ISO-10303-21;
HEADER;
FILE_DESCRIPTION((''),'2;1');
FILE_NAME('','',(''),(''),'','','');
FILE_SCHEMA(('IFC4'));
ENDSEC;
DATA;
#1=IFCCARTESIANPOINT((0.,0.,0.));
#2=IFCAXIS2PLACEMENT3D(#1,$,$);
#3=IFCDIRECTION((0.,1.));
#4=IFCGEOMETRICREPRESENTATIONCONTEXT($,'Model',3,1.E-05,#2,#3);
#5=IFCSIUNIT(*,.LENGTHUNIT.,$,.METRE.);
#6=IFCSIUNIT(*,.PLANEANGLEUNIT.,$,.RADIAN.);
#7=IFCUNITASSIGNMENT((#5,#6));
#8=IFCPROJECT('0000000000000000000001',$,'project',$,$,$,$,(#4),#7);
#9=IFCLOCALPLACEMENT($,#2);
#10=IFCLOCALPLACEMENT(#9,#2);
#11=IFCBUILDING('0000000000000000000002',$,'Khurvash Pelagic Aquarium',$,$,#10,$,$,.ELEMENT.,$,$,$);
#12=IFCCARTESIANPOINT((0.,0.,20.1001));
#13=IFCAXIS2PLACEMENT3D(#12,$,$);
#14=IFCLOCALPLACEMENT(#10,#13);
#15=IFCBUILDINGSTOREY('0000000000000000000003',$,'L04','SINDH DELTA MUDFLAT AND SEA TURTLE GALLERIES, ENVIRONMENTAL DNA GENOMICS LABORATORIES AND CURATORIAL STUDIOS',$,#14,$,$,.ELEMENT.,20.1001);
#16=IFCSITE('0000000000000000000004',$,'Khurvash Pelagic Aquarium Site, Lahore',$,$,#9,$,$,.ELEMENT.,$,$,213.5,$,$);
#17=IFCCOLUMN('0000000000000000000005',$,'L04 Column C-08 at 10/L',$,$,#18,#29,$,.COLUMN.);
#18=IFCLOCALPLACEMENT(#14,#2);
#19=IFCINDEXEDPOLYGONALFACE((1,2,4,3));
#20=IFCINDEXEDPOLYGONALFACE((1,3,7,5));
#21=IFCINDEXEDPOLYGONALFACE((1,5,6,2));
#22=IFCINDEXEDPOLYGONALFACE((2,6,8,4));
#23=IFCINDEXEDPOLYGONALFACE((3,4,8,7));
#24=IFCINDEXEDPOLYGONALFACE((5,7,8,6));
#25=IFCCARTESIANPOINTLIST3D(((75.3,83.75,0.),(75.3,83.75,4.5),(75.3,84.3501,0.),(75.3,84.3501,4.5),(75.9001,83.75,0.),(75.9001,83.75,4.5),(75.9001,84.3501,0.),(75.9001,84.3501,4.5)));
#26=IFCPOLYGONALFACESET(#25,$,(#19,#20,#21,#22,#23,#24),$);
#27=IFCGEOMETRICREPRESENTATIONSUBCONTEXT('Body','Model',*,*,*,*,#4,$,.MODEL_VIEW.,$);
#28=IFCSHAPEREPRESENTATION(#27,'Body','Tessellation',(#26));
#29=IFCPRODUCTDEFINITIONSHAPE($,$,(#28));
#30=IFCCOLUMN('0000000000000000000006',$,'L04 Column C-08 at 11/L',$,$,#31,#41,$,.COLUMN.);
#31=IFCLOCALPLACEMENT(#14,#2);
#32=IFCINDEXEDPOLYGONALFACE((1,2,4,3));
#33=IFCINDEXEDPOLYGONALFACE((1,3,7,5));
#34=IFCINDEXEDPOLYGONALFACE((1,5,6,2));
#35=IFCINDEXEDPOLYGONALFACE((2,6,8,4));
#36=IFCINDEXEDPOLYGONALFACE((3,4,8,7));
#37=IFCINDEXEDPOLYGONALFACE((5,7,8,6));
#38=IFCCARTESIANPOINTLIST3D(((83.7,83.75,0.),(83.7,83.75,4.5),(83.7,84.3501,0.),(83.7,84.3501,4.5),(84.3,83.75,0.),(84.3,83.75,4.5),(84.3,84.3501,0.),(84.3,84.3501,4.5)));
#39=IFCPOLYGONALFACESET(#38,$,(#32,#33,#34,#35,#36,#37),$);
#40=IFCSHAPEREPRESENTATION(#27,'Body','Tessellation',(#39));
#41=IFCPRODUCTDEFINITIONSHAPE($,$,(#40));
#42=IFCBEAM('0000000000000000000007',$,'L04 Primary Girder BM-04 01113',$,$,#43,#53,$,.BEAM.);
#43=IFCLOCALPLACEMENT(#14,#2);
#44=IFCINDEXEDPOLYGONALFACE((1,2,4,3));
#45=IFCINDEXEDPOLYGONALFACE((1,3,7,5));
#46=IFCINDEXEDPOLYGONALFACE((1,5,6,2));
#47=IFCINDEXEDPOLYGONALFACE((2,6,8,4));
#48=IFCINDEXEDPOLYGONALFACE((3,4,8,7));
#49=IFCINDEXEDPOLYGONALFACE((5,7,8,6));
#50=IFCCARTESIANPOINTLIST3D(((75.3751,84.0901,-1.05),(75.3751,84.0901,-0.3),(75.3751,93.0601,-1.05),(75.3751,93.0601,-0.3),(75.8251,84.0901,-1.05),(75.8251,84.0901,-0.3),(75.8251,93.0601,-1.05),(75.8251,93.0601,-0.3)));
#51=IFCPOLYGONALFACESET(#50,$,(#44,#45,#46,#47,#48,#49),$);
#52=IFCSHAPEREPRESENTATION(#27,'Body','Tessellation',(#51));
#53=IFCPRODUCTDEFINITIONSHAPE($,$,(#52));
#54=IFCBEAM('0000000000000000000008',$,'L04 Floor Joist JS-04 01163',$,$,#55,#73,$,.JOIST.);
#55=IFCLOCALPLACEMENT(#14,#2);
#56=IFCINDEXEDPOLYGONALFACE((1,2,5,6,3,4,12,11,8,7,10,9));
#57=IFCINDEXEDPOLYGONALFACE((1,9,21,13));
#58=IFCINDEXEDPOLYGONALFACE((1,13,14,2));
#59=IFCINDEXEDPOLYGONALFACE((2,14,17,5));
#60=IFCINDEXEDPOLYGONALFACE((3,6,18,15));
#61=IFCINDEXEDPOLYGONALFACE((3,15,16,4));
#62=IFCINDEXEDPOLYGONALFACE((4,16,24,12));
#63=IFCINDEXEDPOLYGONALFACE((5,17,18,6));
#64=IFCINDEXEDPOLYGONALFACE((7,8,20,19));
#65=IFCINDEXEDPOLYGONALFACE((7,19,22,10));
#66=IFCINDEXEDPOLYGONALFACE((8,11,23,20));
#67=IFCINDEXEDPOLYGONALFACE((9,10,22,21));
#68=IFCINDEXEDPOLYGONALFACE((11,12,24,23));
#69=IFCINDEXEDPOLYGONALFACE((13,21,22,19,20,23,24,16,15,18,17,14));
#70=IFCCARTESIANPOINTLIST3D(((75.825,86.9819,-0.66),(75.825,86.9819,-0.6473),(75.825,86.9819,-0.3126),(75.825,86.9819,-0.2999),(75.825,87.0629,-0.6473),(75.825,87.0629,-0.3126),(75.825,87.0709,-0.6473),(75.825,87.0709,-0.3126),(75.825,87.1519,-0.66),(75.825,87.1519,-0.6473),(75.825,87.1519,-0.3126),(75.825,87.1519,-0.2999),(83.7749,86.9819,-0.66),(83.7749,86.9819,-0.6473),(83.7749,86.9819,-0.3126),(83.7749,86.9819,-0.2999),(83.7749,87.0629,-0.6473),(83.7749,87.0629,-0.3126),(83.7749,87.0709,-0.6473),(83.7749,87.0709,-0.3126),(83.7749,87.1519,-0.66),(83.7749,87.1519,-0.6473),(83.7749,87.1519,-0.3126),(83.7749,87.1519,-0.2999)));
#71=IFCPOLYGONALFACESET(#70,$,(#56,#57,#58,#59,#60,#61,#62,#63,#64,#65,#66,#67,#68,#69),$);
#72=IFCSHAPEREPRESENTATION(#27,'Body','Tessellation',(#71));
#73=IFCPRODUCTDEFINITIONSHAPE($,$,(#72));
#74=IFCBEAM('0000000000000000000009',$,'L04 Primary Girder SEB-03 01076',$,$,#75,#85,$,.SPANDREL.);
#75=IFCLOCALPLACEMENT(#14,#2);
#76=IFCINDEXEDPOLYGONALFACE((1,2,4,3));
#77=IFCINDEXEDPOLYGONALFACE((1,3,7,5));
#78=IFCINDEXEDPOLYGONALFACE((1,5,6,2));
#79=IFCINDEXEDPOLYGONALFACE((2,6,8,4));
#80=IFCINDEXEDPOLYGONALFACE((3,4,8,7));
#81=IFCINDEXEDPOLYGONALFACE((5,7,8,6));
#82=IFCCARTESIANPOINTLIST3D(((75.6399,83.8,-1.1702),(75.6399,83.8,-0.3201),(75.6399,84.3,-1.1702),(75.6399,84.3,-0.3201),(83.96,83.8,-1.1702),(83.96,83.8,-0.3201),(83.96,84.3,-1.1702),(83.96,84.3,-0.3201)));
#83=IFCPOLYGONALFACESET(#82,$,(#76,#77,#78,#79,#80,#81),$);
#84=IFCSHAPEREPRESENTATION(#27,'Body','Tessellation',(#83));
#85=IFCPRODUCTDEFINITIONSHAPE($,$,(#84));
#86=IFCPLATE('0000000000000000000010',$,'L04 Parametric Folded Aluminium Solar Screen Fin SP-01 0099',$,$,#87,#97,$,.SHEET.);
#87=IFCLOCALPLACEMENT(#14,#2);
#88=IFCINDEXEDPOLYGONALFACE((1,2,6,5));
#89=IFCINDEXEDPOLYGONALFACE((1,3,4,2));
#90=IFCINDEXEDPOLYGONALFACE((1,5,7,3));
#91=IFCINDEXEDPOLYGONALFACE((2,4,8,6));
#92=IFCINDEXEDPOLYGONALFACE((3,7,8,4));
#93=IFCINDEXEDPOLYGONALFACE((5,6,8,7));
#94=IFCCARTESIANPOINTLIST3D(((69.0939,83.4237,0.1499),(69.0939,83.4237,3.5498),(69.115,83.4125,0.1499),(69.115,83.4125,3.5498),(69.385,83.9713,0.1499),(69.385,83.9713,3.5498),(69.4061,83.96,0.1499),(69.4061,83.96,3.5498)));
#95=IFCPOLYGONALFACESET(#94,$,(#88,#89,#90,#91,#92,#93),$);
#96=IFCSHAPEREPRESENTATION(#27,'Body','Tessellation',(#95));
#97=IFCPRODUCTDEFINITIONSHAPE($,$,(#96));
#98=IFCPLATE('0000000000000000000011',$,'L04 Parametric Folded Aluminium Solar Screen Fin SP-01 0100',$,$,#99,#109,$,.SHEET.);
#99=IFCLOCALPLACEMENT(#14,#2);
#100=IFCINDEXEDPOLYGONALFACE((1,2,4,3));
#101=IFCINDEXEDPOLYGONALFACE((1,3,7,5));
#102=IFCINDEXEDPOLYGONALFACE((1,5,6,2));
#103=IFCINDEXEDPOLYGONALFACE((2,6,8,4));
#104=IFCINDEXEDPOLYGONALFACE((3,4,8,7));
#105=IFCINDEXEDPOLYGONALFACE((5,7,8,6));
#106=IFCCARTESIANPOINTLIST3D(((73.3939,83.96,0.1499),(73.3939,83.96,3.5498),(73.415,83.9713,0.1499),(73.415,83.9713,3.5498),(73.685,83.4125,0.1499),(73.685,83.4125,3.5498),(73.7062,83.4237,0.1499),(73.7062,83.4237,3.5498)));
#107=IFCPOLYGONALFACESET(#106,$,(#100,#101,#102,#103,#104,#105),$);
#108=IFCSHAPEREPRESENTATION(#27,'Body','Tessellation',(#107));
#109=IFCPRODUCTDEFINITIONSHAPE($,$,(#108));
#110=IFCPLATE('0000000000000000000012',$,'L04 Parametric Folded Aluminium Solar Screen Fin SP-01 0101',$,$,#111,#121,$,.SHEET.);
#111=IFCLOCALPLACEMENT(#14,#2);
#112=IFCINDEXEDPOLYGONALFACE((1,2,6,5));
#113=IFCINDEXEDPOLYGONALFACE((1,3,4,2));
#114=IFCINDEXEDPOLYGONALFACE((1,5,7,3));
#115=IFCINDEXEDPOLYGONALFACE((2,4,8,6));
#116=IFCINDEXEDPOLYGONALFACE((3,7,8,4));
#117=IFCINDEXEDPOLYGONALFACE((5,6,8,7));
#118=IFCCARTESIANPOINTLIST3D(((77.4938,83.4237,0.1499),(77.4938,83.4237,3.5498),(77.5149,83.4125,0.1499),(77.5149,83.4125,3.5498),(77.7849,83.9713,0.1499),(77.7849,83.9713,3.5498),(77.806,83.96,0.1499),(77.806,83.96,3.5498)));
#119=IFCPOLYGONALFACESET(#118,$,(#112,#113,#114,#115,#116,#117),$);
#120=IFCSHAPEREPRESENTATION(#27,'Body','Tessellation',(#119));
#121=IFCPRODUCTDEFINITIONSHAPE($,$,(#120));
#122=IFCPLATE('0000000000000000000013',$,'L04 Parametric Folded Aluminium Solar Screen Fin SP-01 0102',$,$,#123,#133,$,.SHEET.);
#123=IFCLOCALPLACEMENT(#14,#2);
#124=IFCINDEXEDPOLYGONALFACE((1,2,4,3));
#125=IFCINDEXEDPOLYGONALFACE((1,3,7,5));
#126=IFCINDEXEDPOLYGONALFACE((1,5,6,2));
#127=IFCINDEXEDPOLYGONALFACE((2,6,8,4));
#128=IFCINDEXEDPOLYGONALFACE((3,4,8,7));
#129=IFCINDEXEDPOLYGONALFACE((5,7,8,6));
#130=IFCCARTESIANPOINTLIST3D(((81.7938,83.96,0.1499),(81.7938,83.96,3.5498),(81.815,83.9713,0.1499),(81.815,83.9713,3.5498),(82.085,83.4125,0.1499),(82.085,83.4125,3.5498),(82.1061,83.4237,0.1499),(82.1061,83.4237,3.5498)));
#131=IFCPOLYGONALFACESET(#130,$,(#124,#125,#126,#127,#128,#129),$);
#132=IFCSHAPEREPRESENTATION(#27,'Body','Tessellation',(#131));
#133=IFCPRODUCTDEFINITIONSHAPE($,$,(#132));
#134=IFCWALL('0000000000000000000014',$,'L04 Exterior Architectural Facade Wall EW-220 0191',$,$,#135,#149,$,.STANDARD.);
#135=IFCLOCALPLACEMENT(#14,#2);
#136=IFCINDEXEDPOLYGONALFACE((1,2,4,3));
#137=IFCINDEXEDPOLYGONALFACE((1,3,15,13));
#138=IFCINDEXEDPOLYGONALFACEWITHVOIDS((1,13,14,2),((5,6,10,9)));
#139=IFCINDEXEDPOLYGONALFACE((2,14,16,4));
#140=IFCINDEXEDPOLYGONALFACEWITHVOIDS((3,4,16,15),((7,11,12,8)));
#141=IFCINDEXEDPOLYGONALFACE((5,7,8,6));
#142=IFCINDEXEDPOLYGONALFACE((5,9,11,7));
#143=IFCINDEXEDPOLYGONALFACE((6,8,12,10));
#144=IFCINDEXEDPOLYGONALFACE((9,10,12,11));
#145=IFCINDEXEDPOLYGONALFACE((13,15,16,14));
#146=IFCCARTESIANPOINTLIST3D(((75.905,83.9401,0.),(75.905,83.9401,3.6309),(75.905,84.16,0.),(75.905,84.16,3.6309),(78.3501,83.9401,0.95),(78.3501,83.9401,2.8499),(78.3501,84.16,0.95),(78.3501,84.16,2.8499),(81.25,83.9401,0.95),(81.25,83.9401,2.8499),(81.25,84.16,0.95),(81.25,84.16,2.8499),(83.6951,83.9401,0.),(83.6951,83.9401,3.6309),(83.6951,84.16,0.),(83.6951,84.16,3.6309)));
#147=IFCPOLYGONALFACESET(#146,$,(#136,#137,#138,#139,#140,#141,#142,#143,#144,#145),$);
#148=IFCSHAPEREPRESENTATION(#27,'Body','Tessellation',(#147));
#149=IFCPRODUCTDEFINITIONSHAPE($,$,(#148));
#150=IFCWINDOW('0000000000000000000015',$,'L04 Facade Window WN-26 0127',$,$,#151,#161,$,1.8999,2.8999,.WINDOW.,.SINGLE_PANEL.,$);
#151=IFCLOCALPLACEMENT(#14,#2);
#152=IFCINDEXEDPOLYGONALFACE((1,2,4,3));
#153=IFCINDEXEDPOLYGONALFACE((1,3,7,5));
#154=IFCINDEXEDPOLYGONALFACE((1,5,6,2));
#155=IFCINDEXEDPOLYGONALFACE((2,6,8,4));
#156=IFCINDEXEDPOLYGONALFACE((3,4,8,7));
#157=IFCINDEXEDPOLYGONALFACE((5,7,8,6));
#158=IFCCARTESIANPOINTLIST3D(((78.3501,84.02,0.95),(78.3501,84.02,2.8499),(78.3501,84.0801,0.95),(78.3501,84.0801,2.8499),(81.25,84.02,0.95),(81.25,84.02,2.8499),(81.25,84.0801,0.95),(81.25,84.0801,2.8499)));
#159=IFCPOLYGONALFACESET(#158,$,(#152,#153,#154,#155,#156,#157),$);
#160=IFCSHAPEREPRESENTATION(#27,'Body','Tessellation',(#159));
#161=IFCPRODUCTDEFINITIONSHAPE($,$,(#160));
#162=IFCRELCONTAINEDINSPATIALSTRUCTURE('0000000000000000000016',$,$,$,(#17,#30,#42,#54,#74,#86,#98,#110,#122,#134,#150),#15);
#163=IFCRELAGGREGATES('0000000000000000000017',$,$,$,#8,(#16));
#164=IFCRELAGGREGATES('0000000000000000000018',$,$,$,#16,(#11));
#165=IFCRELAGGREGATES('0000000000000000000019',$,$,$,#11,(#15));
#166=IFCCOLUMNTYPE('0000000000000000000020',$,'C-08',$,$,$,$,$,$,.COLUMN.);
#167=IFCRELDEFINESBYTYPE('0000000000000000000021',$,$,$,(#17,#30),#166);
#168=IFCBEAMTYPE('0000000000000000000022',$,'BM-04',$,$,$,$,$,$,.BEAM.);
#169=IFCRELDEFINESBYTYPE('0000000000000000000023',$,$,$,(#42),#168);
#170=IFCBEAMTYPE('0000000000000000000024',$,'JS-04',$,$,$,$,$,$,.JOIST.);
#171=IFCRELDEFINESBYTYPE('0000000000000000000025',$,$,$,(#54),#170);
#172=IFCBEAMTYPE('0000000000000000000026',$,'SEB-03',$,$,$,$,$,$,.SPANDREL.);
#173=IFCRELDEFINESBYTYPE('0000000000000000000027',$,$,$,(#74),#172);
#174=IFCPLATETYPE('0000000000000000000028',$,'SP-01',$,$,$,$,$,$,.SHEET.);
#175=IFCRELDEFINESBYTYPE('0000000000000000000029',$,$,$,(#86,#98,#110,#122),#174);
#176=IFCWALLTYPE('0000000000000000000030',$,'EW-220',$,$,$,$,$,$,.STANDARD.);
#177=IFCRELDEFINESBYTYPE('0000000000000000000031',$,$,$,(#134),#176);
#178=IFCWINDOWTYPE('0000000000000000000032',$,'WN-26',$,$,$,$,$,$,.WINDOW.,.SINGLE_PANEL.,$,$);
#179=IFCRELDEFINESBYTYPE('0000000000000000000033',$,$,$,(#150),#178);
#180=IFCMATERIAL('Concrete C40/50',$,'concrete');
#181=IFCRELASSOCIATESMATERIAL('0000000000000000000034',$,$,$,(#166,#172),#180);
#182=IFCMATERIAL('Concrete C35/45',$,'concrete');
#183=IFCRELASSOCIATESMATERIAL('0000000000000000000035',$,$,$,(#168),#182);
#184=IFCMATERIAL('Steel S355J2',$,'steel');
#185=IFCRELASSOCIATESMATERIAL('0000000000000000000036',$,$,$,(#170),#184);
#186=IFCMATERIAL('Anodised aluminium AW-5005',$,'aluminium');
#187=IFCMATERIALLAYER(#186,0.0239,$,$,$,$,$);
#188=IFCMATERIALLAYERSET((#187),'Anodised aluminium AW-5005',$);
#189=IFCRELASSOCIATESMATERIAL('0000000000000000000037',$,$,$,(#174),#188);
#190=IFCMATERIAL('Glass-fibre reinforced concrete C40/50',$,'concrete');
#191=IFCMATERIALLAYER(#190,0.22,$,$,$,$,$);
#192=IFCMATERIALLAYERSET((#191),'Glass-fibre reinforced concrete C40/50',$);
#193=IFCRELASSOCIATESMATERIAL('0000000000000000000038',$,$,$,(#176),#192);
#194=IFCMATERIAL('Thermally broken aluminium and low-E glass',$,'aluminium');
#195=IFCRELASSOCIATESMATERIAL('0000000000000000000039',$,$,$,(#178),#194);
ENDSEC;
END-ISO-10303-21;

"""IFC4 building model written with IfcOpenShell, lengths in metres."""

from ifc_helpers import new_model, si_unit, direction, frame, frame_2d, origin, origin_2d, place, context, subcontext, project, spatial, rectangle, i_section, extrude, material, layer, layer_set, material_profile, profile_set, type_object, element, fill, save


model = new_model("IFC4")

# Units and contexts
model_context = context("Model", 3, precision=1e-05, world=origin(), true_north=direction((0.0, 1.0)))
body_context = subcontext(model_context, "Body", "Model", "MODEL_VIEW")
ifc_project = project(units=[si_unit("LENGTHUNIT", "METRE"), si_unit("PLANEANGLEUNIT", "RADIAN")], contexts=[model_context])

# Site, building, storey
site_placement = place(None, origin())
site = spatial("IfcSite", under=ifc_project, at=site_placement, Name="Khurvash Pelagic Aquarium Site, Lahore", CompositionType="ELEMENT", RefElevation=213.5)
building_placement = place(site_placement, origin())
building = spatial("IfcBuilding", under=site, at=building_placement, Name="Khurvash Pelagic Aquarium", CompositionType="ELEMENT")
storey_placement = place(building_placement, frame((0.0, 0.0, 20.1001)))
storey = spatial("IfcBuildingStorey", under=building, at=storey_placement, Name="L04", Description="SINDH DELTA MUDFLAT AND SEA TURTLE GALLERIES, ENVIRONMENTAL DNA GENOMICS LABORATORIES AND CURATORIAL STUDIOS", CompositionType="ELEMENT", Elevation=20.1001)

# Columns
ifc_material_1 = material(Name="Concrete C40/50", Category="concrete")
ifc_material_profile_1 = material_profile(ifc_material_1, rectangle(XDim=0.6001, YDim=0.6001, at=origin_2d()), Name="RC600X600")
ifc_profile_set_1 = profile_set([ifc_material_profile_1], Name="Concrete C40/50")
column_type = type_object("IfcColumnType", Name="C-08", PredefinedType="COLUMN", material=ifc_profile_set_1)
for number, where, z_axis, x_axis, name in (
    (1, (75.6001, 84.05, 0.0), (0.0, 0.0, 1.0), (1.0, 0.0, 0.0), "L04 Column C-08 at 10/L"),
    (2, (84.0, 84.05, 0.0), (0.0, 0.0, 1.0), (1.0, 0.0, 0.0), "L04 Column C-08 at 11/L"),
):
    element("IfcColumn", number, at=place(storey_placement, frame(where, z_axis=z_axis, x_axis=x_axis)), inside=storey, type_object=column_type, Name=name, PredefinedType="COLUMN", context=body_context, shape_type="SweptSolid", body=[
        extrude(rectangle(XDim=0.6001, YDim=0.6001, at=origin_2d()), origin(), (0.0, 0.0, 1.0), 4.5),
    ])

# Beams
ifc_material_2 = material(Name="Concrete C35/45", Category="concrete")
ifc_material_profile_2 = material_profile(ifc_material_2, rectangle(XDim=0.45, YDim=0.75, at=origin_2d()), Name="RC450X750")
ifc_profile_set_2 = profile_set([ifc_material_profile_2], Name="Concrete C35/45")
beam_type_1 = type_object("IfcBeamType", Name="BM-04", PredefinedType="BEAM", material=ifc_profile_set_2)
beam_1_placement = place(storey_placement, frame((75.6001, 84.0901, -0.675), z_axis=(0.0, 1.0, 0.0), x_axis=(-1.0, 0.0, 0.0)))
element("IfcBeam", 3, at=beam_1_placement, inside=storey, type_object=beam_type_1, Name="L04 Primary Girder BM-04 01113", PredefinedType="BEAM", context=body_context, shape_type="SweptSolid", body=[
    extrude(rectangle(XDim=0.45, YDim=0.75, at=origin_2d()), origin(), (0.0, 0.0, 1.0), 8.97),
])
ifc_material_3 = material(Name="Steel S355J2", Category="steel")
ifc_material_profile_3 = material_profile(ifc_material_3, i_section(OverallWidth=0.1699, OverallDepth=0.3601, WebThickness=0.0081, FlangeThickness=0.0127, at=origin_2d()), Name="IPE360")
ifc_profile_set_3 = profile_set([ifc_material_profile_3], Name="Steel S355J2")
beam_type_2 = type_object("IfcBeamType", Name="JS-04", PredefinedType="JOIST", material=ifc_profile_set_3)
beam_2_placement = place(storey_placement, frame((75.825, 87.0669, -0.48), z_axis=(1.0, 0.0, 0.0), x_axis=(0.0, 1.0, 0.0)))
element("IfcBeam", 4, at=beam_2_placement, inside=storey, type_object=beam_type_2, Name="L04 Floor Joist JS-04 01163", PredefinedType="JOIST", context=body_context, shape_type="SweptSolid", body=[
    extrude(i_section(OverallWidth=0.1699, OverallDepth=0.3601, WebThickness=0.0081, FlangeThickness=0.0127, at=origin_2d()), origin(), (0.0, 0.0, 1.0), 7.95),
])
ifc_material_profile_4 = material_profile(ifc_material_1, rectangle(XDim=0.5, YDim=0.8501, at=origin_2d()), Name="RC500X850")
ifc_profile_set_4 = profile_set([ifc_material_profile_4], Name="Concrete C40/50")
beam_type_3 = type_object("IfcBeamType", Name="SEB-03", PredefinedType="SPANDREL", material=ifc_profile_set_4)
beam_3_placement = place(storey_placement, frame((75.6399, 84.05, -0.7451), z_axis=(1.0, 0.0, 0.0), x_axis=(0.0, 1.0, 0.0)))
element("IfcBeam", 5, at=beam_3_placement, inside=storey, type_object=beam_type_3, Name="L04 Primary Girder SEB-03 01076", PredefinedType="SPANDREL", context=body_context, shape_type="SweptSolid", body=[
    extrude(rectangle(XDim=0.5, YDim=0.8501, at=origin_2d()), origin(), (0.0, 0.0, 1.0), 8.3201),
])

# Plates
ifc_material_4 = material(Name="Anodised aluminium AW-5005", Category="aluminium")
ifc_layer_1 = layer(ifc_material_4, 0.0239)
ifc_layer_set_1 = layer_set([ifc_layer_1], Name="Anodised aluminium AW-5005")
plate_type = type_object("IfcPlateType", Name="SP-01", PredefinedType="SHEET", material=ifc_layer_set_1)
for number, where, z_axis, x_axis, name in (
    (6, (69.25, 83.6919, 0.1499), (0.0, 0.0, 1.0), (-0.469472, -0.882948, 0.0), "L04 Parametric Folded Aluminium Solar Screen Fin SP-01 0099"),
    (7, (73.55, 83.6919, 0.1499), (0.0, 0.0, 1.0), (0.469472, -0.882948, 0.0), "L04 Parametric Folded Aluminium Solar Screen Fin SP-01 0100"),
    (8, (77.6499, 83.6919, 0.1499), (0.0, 0.0, 1.0), (-0.469472, -0.882948, 0.0), "L04 Parametric Folded Aluminium Solar Screen Fin SP-01 0101"),
    (9, (81.95, 83.6919, 0.1499), (0.0, 0.0, 1.0), (0.469472, -0.882948, 0.0), "L04 Parametric Folded Aluminium Solar Screen Fin SP-01 0102"),
):
    element("IfcPlate", number, at=place(storey_placement, frame(where, z_axis=z_axis, x_axis=x_axis)), inside=storey, type_object=plate_type, Name=name, PredefinedType="SHEET", context=body_context, shape_type="SweptSolid", body=[
        extrude(rectangle(XDim=0.6201, YDim=0.0239, at=origin_2d()), origin(), (0.0, 0.0, 1.0), 3.3999),
    ])

# Wall, opening, window
ifc_material_5 = material(Name="Glass-fibre reinforced concrete C40/50", Category="concrete")
ifc_layer_2 = layer(ifc_material_5, 0.22)
ifc_layer_set_2 = layer_set([ifc_layer_2], Name="Glass-fibre reinforced concrete C40/50")
wall_type_1 = type_object("IfcWallType", Name="EW-220", PredefinedType="STANDARD", material=ifc_layer_set_2)
wall_1_placement = place(storey_placement, frame((75.905, 84.05, 0.0), z_axis=(0.0, 0.0, 1.0), x_axis=(1.0, 0.0, 0.0)))
wall_1 = element("IfcWall", 10, at=wall_1_placement, inside=storey, type_object=wall_type_1, Name="L04 Exterior Architectural Facade Wall EW-220 0191", PredefinedType="STANDARD", context=body_context, shape_type="SweptSolid", body=[
    extrude(rectangle(XDim=7.79, YDim=0.22, at=frame_2d((3.895, 0.0))), origin(), (0.0, 0.0, 1.0), 3.6309),
])
opening_1_placement = place(wall_1_placement, frame((2.4451, 0.0, 0.95)))
opening_1 = element("IfcOpeningElement", 11, at=opening_1_placement, cuts=wall_1, PredefinedType="OPENING", context=body_context, shape_type="SweptSolid", body=[
    extrude(rectangle(XDim=2.8999, YDim=1.8999, at=frame_2d((1.45, 0.95))), frame((0.0, 0.1201, 0.0), z_axis=(0.0, -1.0, 0.0), x_axis=(1.0, 0.0, 0.0)), (0.0, 0.0, 1.0), 0.24),
])
ifc_material_6 = material(Name="Thermally broken aluminium and low-E glass", Category="aluminium")
window_type_1 = type_object("IfcWindowType", Name="WN-26", PartitioningType="SINGLE_PANEL", PredefinedType="WINDOW", material=ifc_material_6)
window_1_placement = place(opening_1_placement, origin())
window_1 = element("IfcWindow", 12, at=window_1_placement, inside=storey, type_object=window_type_1, Name="L04 Facade Window WN-26 0127", OverallHeight=1.8999, OverallWidth=2.8999, PartitioningType="SINGLE_PANEL", PredefinedType="WINDOW", context=body_context, shape_type="SweptSolid", body=[
    extrude(rectangle(XDim=2.8999, YDim=1.8999, at=frame_2d((1.45, 0.95))), frame((0.0, 0.03, 0.0), z_axis=(0.0, -1.0, 0.0), x_axis=(1.0, 0.0, 0.0)), (0.0, 0.0, 1.0), 0.0601),
])
fill(opening_1, window_1)

save(model, "model.ifc")
